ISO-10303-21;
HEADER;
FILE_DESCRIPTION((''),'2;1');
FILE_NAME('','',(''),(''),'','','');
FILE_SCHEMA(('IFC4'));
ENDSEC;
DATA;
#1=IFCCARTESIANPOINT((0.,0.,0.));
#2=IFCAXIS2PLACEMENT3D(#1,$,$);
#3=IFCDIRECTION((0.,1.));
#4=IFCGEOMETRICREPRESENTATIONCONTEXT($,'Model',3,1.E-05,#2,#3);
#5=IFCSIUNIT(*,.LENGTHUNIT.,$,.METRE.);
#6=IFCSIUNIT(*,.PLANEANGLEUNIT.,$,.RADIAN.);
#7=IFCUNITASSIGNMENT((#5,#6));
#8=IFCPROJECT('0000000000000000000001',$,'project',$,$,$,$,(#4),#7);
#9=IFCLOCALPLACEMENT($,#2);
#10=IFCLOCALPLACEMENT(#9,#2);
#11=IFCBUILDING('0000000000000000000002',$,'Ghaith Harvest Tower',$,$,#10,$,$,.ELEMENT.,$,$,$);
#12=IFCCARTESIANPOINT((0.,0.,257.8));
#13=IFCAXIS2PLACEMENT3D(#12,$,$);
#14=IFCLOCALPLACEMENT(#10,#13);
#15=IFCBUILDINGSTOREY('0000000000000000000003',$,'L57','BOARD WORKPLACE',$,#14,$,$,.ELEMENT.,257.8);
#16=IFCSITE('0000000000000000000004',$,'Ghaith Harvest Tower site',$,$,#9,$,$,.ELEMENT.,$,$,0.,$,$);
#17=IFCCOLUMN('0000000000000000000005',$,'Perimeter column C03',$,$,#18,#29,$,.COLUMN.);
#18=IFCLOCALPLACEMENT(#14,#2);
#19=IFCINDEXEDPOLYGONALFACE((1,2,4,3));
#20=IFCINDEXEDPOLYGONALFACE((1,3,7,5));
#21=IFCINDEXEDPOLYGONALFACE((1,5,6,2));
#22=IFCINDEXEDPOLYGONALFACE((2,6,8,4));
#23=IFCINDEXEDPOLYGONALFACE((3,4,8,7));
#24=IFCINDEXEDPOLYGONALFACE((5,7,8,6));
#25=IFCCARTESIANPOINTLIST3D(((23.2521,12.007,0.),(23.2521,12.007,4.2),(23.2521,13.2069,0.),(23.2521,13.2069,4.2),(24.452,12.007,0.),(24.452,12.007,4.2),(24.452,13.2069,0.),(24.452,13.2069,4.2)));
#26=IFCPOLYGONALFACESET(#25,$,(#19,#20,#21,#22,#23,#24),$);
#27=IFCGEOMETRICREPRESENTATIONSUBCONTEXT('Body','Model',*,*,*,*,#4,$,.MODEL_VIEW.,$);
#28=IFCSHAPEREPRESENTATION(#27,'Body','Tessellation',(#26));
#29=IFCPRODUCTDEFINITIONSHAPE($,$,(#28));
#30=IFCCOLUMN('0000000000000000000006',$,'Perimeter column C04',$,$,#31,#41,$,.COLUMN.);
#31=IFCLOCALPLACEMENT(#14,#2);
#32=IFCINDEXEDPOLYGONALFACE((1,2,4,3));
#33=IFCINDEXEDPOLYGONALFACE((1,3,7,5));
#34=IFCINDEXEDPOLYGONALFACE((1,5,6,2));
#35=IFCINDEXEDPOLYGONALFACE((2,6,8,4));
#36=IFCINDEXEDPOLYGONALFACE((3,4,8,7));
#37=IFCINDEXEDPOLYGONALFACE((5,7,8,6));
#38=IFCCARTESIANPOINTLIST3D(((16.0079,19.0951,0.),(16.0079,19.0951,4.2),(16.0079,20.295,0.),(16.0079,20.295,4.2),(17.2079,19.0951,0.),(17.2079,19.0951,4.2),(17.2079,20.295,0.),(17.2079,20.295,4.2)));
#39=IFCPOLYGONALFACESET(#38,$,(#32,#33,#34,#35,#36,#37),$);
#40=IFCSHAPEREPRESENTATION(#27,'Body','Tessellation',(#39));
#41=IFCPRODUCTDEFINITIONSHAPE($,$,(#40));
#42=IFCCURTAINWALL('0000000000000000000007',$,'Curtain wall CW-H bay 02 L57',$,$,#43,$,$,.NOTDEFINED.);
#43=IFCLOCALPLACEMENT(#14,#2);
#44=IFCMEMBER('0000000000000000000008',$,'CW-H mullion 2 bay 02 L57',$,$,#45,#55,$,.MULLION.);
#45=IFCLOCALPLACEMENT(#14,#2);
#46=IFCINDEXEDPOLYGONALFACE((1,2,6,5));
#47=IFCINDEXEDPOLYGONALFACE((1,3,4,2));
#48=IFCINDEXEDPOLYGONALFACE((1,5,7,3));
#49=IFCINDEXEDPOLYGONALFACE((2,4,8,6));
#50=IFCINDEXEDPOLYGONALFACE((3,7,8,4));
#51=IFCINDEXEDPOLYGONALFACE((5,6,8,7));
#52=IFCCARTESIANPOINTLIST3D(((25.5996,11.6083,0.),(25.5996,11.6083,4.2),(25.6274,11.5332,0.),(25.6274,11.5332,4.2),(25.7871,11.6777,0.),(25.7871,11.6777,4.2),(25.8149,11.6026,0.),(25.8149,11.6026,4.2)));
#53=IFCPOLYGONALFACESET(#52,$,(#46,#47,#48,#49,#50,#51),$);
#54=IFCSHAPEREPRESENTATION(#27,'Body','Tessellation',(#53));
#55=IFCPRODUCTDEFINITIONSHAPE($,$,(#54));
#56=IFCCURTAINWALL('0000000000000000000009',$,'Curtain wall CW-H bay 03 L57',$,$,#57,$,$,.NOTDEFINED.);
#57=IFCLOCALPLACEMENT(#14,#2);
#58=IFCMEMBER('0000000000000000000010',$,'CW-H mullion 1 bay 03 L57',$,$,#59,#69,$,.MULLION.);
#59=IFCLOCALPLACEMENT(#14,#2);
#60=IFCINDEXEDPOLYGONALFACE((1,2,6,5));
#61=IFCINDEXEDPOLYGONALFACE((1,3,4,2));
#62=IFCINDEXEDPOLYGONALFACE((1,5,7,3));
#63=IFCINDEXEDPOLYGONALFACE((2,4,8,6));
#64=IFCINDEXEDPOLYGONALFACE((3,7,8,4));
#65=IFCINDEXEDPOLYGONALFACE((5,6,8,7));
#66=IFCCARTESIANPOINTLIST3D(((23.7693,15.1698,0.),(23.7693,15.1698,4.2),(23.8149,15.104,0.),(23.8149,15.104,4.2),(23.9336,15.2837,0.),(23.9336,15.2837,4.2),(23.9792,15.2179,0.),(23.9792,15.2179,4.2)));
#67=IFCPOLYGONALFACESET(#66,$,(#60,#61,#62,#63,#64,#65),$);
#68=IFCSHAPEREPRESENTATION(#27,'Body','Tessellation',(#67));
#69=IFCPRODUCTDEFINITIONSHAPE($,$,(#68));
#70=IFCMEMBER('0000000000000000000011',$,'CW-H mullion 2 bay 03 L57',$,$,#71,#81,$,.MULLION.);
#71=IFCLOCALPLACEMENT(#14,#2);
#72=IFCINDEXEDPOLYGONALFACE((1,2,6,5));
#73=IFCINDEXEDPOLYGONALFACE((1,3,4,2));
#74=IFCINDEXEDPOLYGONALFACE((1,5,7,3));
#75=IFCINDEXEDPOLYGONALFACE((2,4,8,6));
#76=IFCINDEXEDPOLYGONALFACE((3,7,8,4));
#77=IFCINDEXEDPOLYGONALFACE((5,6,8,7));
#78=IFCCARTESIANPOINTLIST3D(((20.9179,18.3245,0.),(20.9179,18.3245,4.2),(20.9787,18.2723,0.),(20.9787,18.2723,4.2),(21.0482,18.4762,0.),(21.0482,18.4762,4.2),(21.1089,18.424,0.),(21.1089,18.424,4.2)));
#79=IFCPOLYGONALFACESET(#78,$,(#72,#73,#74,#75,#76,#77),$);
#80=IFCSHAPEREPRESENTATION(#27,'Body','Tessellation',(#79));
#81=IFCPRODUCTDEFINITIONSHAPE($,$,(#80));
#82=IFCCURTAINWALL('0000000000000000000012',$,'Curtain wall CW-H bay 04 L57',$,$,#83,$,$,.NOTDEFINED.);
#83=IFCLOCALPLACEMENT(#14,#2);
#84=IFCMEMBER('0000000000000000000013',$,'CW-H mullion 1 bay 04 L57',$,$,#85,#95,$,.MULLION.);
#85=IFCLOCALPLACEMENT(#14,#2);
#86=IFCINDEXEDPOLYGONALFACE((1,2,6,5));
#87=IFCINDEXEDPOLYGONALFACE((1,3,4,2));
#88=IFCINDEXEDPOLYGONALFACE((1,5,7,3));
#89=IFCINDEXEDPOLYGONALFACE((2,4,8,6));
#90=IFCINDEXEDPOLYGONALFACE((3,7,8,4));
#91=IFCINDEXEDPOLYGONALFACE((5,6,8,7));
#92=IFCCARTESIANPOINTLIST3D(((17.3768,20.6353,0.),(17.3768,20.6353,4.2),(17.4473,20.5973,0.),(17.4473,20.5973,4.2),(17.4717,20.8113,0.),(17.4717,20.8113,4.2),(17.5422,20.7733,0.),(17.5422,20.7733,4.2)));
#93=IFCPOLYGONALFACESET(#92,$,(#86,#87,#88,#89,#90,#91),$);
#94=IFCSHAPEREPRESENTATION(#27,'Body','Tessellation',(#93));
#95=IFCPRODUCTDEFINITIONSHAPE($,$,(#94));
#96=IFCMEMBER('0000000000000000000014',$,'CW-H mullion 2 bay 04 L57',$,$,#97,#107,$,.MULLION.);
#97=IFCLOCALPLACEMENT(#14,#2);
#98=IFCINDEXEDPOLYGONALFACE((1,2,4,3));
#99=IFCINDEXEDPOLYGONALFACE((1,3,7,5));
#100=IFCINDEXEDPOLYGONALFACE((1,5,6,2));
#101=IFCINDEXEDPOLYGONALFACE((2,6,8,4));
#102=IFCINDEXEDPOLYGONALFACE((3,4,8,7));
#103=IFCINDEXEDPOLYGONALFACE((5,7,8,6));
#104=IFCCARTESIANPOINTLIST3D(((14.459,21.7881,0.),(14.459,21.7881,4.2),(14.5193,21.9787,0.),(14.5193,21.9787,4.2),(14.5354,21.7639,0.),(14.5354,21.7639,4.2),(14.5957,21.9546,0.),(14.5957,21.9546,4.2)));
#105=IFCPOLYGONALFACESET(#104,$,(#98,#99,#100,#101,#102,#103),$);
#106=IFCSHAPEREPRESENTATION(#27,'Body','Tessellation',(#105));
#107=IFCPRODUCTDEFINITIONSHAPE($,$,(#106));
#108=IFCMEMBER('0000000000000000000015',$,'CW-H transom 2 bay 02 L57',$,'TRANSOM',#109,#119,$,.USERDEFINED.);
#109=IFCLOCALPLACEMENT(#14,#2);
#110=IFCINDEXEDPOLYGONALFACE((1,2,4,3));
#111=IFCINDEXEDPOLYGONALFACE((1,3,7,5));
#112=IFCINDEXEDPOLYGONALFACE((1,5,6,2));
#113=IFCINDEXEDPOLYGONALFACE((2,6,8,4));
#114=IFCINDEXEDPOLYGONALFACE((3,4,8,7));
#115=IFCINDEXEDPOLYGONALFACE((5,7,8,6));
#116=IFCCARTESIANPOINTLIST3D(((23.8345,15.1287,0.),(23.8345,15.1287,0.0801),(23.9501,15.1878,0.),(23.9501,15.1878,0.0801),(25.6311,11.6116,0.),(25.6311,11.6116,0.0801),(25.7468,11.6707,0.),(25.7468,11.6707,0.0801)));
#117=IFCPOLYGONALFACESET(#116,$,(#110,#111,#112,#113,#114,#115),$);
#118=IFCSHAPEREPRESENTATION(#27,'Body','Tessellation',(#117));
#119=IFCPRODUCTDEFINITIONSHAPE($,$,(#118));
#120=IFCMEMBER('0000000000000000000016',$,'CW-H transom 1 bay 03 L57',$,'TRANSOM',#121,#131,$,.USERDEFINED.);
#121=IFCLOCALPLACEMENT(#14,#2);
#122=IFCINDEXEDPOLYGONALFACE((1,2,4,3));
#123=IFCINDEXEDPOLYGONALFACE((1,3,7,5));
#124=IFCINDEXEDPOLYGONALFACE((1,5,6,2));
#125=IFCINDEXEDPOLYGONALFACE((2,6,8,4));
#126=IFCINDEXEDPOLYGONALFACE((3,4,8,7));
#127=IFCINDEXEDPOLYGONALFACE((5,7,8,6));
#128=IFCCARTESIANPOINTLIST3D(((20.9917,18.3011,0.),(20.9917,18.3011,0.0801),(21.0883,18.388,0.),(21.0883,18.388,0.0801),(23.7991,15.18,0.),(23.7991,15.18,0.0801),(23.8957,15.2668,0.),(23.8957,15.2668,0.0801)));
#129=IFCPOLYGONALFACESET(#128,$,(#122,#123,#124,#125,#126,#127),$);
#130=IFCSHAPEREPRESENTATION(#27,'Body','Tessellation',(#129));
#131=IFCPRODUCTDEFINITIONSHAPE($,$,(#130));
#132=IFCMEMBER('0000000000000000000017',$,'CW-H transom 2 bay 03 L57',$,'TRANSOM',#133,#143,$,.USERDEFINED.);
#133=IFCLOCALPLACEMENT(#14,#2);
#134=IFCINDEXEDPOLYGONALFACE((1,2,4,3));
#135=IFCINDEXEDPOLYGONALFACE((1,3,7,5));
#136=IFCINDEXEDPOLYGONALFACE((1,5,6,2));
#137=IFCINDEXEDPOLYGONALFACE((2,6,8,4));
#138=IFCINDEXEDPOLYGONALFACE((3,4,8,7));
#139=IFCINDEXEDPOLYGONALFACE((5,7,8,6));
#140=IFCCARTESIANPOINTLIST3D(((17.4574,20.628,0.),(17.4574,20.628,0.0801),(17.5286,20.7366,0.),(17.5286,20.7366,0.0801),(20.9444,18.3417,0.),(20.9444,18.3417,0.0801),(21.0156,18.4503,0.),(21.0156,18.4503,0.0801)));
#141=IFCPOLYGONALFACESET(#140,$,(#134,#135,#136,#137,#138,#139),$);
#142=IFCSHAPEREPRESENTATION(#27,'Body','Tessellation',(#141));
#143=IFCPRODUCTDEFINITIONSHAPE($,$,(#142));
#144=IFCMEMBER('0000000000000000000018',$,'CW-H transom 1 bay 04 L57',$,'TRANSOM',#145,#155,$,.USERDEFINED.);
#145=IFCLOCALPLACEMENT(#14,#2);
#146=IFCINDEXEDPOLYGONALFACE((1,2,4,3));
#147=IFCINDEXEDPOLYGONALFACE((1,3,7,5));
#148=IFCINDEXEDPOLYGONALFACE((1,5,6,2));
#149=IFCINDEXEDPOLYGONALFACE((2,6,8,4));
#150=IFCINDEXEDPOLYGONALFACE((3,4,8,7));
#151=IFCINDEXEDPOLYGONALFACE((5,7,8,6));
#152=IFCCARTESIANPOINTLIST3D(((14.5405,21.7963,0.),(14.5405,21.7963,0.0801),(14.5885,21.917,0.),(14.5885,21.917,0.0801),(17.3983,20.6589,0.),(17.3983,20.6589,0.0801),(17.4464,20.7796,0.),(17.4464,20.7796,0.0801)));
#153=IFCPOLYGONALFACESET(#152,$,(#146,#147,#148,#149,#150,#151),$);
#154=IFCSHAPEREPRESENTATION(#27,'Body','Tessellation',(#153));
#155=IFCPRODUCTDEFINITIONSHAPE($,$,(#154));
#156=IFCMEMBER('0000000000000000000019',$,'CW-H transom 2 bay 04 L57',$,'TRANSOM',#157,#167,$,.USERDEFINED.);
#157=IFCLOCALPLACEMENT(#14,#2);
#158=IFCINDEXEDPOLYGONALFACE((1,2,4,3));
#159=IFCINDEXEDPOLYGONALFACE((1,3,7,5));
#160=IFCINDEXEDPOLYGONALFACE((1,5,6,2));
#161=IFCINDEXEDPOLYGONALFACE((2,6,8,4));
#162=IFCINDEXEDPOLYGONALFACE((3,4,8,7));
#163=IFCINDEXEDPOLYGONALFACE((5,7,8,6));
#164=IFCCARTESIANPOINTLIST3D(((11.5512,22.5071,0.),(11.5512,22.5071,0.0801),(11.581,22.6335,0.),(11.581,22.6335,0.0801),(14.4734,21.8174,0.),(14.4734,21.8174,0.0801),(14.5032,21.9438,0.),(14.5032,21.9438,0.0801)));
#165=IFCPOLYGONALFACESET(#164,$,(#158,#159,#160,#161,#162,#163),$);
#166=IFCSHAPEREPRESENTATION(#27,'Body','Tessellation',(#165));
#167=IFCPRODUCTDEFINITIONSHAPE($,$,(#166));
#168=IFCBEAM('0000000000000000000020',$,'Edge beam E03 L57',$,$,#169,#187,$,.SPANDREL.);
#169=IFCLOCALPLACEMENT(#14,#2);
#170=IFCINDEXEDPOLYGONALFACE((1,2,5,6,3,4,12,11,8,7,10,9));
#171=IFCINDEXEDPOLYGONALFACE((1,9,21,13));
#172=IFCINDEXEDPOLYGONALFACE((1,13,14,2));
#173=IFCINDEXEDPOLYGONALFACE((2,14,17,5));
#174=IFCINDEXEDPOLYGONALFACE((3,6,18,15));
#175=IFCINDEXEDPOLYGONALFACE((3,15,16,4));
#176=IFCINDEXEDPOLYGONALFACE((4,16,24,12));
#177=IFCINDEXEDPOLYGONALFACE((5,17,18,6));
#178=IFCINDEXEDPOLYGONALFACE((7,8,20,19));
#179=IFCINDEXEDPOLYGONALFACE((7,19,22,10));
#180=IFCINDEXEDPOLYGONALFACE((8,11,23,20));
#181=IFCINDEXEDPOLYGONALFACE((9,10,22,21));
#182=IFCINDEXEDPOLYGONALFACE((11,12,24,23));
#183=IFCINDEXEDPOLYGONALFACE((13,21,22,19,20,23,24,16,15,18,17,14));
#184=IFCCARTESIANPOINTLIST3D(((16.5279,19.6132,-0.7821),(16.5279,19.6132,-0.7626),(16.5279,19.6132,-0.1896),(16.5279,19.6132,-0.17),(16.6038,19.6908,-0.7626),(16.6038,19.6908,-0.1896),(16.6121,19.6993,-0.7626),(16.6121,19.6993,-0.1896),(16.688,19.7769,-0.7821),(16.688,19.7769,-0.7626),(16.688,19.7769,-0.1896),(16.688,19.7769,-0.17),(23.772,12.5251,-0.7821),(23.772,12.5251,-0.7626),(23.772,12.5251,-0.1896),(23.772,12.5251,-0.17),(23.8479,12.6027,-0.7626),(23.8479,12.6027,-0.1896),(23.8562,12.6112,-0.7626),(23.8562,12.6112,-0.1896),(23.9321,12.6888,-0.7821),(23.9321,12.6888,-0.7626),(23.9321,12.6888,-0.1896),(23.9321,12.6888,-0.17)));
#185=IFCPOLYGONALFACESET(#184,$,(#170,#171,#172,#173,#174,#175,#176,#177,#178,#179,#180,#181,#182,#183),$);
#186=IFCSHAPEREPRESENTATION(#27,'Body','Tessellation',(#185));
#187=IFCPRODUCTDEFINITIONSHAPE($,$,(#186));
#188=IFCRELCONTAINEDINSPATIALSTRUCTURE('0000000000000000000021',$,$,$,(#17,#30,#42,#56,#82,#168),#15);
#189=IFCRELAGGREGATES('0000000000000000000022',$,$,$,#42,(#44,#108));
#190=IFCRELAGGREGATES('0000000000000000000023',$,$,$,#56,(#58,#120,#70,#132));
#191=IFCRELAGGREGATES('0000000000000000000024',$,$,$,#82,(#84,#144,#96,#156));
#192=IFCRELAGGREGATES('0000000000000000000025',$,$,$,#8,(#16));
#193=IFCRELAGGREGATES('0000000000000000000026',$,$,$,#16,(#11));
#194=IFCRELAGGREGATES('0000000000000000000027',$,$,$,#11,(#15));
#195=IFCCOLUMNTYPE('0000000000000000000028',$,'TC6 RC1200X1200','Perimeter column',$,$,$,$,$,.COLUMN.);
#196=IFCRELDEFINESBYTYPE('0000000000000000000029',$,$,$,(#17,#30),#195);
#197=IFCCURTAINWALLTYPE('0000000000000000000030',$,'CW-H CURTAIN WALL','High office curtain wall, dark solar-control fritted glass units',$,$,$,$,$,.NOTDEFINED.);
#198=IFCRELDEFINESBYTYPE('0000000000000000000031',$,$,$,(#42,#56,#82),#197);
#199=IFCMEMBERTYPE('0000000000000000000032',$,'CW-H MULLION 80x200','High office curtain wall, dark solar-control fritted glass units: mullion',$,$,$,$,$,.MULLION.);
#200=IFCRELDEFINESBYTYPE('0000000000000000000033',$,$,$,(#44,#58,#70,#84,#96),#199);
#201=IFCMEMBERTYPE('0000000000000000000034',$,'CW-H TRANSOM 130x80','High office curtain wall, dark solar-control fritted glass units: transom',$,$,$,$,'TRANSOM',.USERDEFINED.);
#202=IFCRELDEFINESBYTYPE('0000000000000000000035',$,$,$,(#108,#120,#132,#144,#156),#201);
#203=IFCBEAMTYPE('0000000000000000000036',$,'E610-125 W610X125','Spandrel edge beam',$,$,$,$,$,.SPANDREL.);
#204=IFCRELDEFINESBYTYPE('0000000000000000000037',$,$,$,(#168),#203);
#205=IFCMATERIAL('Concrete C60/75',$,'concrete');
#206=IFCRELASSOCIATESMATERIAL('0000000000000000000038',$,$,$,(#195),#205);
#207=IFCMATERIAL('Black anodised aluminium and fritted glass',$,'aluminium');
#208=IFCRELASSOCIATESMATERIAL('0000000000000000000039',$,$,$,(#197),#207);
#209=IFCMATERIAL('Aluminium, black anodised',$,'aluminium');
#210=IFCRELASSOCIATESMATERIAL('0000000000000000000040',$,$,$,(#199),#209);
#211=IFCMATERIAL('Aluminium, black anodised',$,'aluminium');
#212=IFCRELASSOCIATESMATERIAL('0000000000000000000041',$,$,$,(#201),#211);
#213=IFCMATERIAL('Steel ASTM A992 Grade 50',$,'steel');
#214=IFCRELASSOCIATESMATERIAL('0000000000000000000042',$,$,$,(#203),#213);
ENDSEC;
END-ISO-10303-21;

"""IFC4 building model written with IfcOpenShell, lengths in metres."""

from ifc_helpers import new_model, si_unit, direction, frame, origin, origin_2d, place, context, subcontext, project, spatial, rectangle, i_section, extrude, material, material_profile, profile_set, type_object, element, aggregate, save


model = new_model("IFC4")

# Units and contexts
model_context = context("Model", 3, precision=1e-05, world=origin(), true_north=direction((0.0, 1.0)))
body_context = subcontext(model_context, "Body", "Model", "MODEL_VIEW")
ifc_project = project(units=[si_unit("LENGTHUNIT", "METRE"), si_unit("PLANEANGLEUNIT", "RADIAN")], contexts=[model_context])

# Site, building, storey
site_placement = place(None, origin())
site = spatial("IfcSite", under=ifc_project, at=site_placement, Name="Ghaith Harvest Tower site", CompositionType="ELEMENT", RefElevation=0.0)
building_placement = place(site_placement, origin())
building = spatial("IfcBuilding", under=site, at=building_placement, Name="Ghaith Harvest Tower", CompositionType="ELEMENT")
storey_placement = place(building_placement, frame((0.0, 0.0, 257.8)))
storey = spatial("IfcBuildingStorey", under=building, at=storey_placement, Name="L57", Description="BOARD WORKPLACE", CompositionType="ELEMENT", Elevation=257.8)

# Columns
ifc_material_1 = material(Name="Concrete C60/75", Category="concrete")
ifc_material_profile_1 = material_profile(ifc_material_1, rectangle(XDim=1.2, YDim=1.2, at=origin_2d()), Name="RC1200X1200")
ifc_profile_set_1 = profile_set([ifc_material_profile_1], Name="Concrete C60/75")
column_type = type_object("IfcColumnType", Name="TC6 RC1200X1200", Description="Perimeter column", PredefinedType="COLUMN", material=ifc_profile_set_1)
for number, where, z_axis, x_axis, name in (
    (1, (23.8521, 12.6069, 0.0), (0.0, 0.0, 1.0), (1.0, 0.0, 0.0), "Perimeter column C03"),
    (2, (16.6079, 19.6951, 0.0), (0.0, 0.0, 1.0), (1.0, 0.0, 0.0), "Perimeter column C04"),
):
    element("IfcColumn", number, at=place(storey_placement, frame(where, z_axis=z_axis, x_axis=x_axis)), inside=storey, type_object=column_type, Name=name, PredefinedType="COLUMN", context=body_context, shape_type="SweptSolid", body=[
        extrude(rectangle(XDim=1.2, YDim=1.2, at=origin_2d()), origin(), (0.0, 0.0, 1.0), 4.2),
    ])

# Curtain wall, member
ifc_material_2 = material(Name="Black anodised aluminium and fritted glass", Category="aluminium")
curtain_wall_type = type_object("IfcCurtainWallType", Name="CW-H CURTAIN WALL", Description="High office curtain wall, dark solar-control fritted glass units", PredefinedType="NOTDEFINED", material=ifc_material_2)
curtain_wall_1_placement = place(storey_placement, origin())
curtain_wall_1 = element("IfcCurtainWall", 3, at=curtain_wall_1_placement, inside=storey, type_object=curtain_wall_type, Name="Curtain wall CW-H bay 02 L57", PredefinedType="NOTDEFINED")
ifc_material_3 = material(Name="Aluminium, black anodised", Category="aluminium")
ifc_material_profile_2 = material_profile(ifc_material_3, rectangle(XDim=0.0801, YDim=0.2, at=origin_2d()), Name="CW-H MULLION 80x200")
ifc_profile_set_2 = profile_set([ifc_material_profile_2], Name="Aluminium, black anodised")
member_type_1 = type_object("IfcMemberType", Name="CW-H MULLION 80x200", Description="High office curtain wall, dark solar-control fritted glass units: mullion", PredefinedType="MULLION", material=ifc_profile_set_2)
member_1_placement = place(storey_placement, frame((25.7073, 11.6055, 0.0), z_axis=(0.0, 0.0, 1.0), x_axis=(-0.347012, 0.937861, 0.0)))
member_1 = element("IfcMember", 4, at=member_1_placement, type_object=member_type_1, Name="CW-H mullion 2 bay 02 L57", PredefinedType="MULLION", context=body_context, shape_type="SweptSolid", body=[
    extrude(rectangle(XDim=0.0801, YDim=0.2, at=origin_2d()), origin(), (0.0, 0.0, 1.0), 4.2),
])

# Curtain walls, members
curtain_wall_2_placement = place(storey_placement, origin())
curtain_wall_2 = element("IfcCurtainWall", 5, at=curtain_wall_2_placement, inside=storey, type_object=curtain_wall_type, Name="Curtain wall CW-H bay 03 L57", PredefinedType="NOTDEFINED")
member_2_placement = place(storey_placement, frame((23.8743, 15.1938, 0.0), z_axis=(0.0, 0.0, 1.0), x_axis=(-0.569847, 0.821751, 0.0)))
member_2 = element("IfcMember", 6, at=member_2_placement, type_object=member_type_1, Name="CW-H mullion 1 bay 03 L57", PredefinedType="MULLION", context=body_context, shape_type="SweptSolid", body=[
    extrude(rectangle(XDim=0.0801, YDim=0.2, at=origin_2d()), origin(), (0.0, 0.0, 1.0), 4.2),
])
member_3_placement = place(storey_placement, frame((21.0134, 18.3743, 0.0), z_axis=(0.0, 0.0, 1.0), x_axis=(-0.758541, 0.651625, 0.0)))
member_3 = element("IfcMember", 7, at=member_3_placement, type_object=member_type_1, Name="CW-H mullion 2 bay 03 L57", PredefinedType="MULLION", context=body_context, shape_type="SweptSolid", body=[
    extrude(rectangle(XDim=0.0801, YDim=0.2, at=origin_2d()), origin(), (0.0, 0.0, 1.0), 4.2),
])
curtain_wall_3_placement = place(storey_placement, origin())
curtain_wall_3 = element("IfcCurtainWall", 8, at=curtain_wall_3_placement, inside=storey, type_object=curtain_wall_type, Name="Curtain wall CW-H bay 04 L57", PredefinedType="NOTDEFINED")
member_4_placement = place(storey_placement, frame((17.4595, 20.7043, 0.0), z_axis=(0.0, 0.0, 1.0), x_axis=(-0.880203, 0.474597, 0.0)))
member_4 = element("IfcMember", 9, at=member_4_placement, type_object=member_type_1, Name="CW-H mullion 1 bay 04 L57", PredefinedType="MULLION", context=body_context, shape_type="SweptSolid", body=[
    extrude(rectangle(XDim=0.0801, YDim=0.2, at=origin_2d()), origin(), (0.0, 0.0, 1.0), 4.2),
])
member_5_placement = place(storey_placement, frame((14.5273, 21.8713, 0.0), z_axis=(0.0, 0.0, 1.0), x_axis=(-0.953503, 0.301384, 0.0)))
member_5 = element("IfcMember", 10, at=member_5_placement, type_object=member_type_1, Name="CW-H mullion 2 bay 04 L57", PredefinedType="MULLION", context=body_context, shape_type="SweptSolid", body=[
    extrude(rectangle(XDim=0.0801, YDim=0.2, at=origin_2d()), origin(), (0.0, 0.0, 1.0), 4.2),
])

# Members
ifc_material_4 = material(Name="Aluminium, black anodised", Category="aluminium")
ifc_material_profile_3 = material_profile(ifc_material_4, rectangle(XDim=0.1299, YDim=0.0801, at=origin_2d()), Name="CW-H TRANSOM 130x80")
ifc_profile_set_3 = profile_set([ifc_material_profile_3], Name="Aluminium, black anodised")
member_type_2 = type_object("IfcMemberType", Name="CW-H TRANSOM 130x80", Description="High office curtain wall, dark solar-control fritted glass units: transom", ElementType="TRANSOM", PredefinedType="USERDEFINED", material=ifc_profile_set_3)
member_6_placement = place(storey_placement, frame((25.689, 11.6411, 0.04), z_axis=(-0.454912, 0.890537, 0.0), x_axis=(-0.890537, -0.454912, 0.0)))
member_6 = element("IfcMember", 11, at=member_6_placement, type_object=member_type_2, Name="CW-H transom 2 bay 02 L57", ObjectType="TRANSOM", PredefinedType="USERDEFINED", context=body_context, shape_type="SweptSolid", body=[
    extrude(rectangle(XDim=0.1299, YDim=0.0801, at=origin_2d()), origin(), (0.0, 0.0, 1.0), 3.9495),
])
member_7_placement = place(storey_placement, frame((23.8474, 15.2234, 0.04), z_axis=(-0.668753, 0.743485, 0.0), x_axis=(-0.743485, -0.668753, 0.0)))
member_7 = element("IfcMember", 12, at=member_7_placement, type_object=member_type_2, Name="CW-H transom 1 bay 03 L57", ObjectType="TRANSOM", PredefinedType="USERDEFINED", context=body_context, shape_type="SweptSolid", body=[
    extrude(rectangle(XDim=0.1299, YDim=0.0801, at=origin_2d()), origin(), (0.0, 0.0, 1.0), 4.198),
])
member_8_placement = place(storey_placement, frame((20.98, 18.396, 0.04), z_axis=(-0.836269, 0.54832, 0.0), x_axis=(-0.54832, -0.836269, 0.0)))
member_8 = element("IfcMember", 13, at=member_8_placement, type_object=member_type_2, Name="CW-H transom 2 bay 03 L57", ObjectType="TRANSOM", PredefinedType="USERDEFINED", context=body_context, shape_type="SweptSolid", body=[
    extrude(rectangle(XDim=0.1299, YDim=0.0801, at=origin_2d()), origin(), (0.0, 0.0, 1.0), 4.1697),
])
member_9_placement = place(storey_placement, frame((17.4224, 20.7192, 0.04), z_axis=(-0.929116, 0.369789, 0.0), x_axis=(-0.369789, -0.929116, 0.0)))
member_9 = element("IfcMember", 14, at=member_9_placement, type_object=member_type_2, Name="CW-H transom 1 bay 04 L57", ObjectType="TRANSOM", PredefinedType="USERDEFINED", context=body_context, shape_type="SweptSolid", body=[
    extrude(rectangle(XDim=0.1299, YDim=0.0801, at=origin_2d()), origin(), (0.0, 0.0, 1.0), 3.0759),
])
member_10_placement = place(storey_placement, frame((14.4883, 21.8806, 0.04), z_axis=(-0.973258, 0.229715, 0.0), x_axis=(-0.229715, -0.973258, 0.0)))
member_10 = element("IfcMember", 15, at=member_10_placement, type_object=member_type_2, Name="CW-H transom 2 bay 04 L57", ObjectType="TRANSOM", PredefinedType="USERDEFINED", context=body_context, shape_type="SweptSolid", body=[
    extrude(rectangle(XDim=0.1299, YDim=0.0801, at=origin_2d()), origin(), (0.0, 0.0, 1.0), 3.0024),
])

# Beam
ifc_material_5 = material(Name="Steel ASTM A992 Grade 50", Category="steel")
ifc_material_profile_4 = material_profile(ifc_material_5, i_section(OverallWidth=0.229, OverallDepth=0.6121, WebThickness=0.012, FlangeThickness=0.0195, at=origin_2d()), Name="W610X125")
ifc_profile_set_4 = profile_set([ifc_material_profile_4], Name="Steel ASTM A992 Grade 50")
beam_type = type_object("IfcBeamType", Name="E610-125 W610X125", Description="Spandrel edge beam", PredefinedType="SPANDREL", material=ifc_profile_set_4)
beam_1_placement = place(storey_placement, frame((23.8521, 12.6069, -0.4761), z_axis=(-0.714761, 0.699369, 0.0), x_axis=(-0.699369, -0.714761, 0.0)))
element("IfcBeam", 16, at=beam_1_placement, inside=storey, type_object=beam_type, Name="Edge beam E03 L57", PredefinedType="SPANDREL", context=body_context, shape_type="SweptSolid", body=[
    extrude(i_section(OverallWidth=0.229, OverallDepth=0.6121, WebThickness=0.012, FlangeThickness=0.0195, at=origin_2d()), origin(), (0.0, 0.0, 1.0), 10.135),
])

aggregate(curtain_wall_1, [member_1, member_6])
aggregate(curtain_wall_2, [member_2, member_7, member_3, member_8])
aggregate(curtain_wall_3, [member_4, member_9, member_5, member_10])

save(model, "model.ifc")
